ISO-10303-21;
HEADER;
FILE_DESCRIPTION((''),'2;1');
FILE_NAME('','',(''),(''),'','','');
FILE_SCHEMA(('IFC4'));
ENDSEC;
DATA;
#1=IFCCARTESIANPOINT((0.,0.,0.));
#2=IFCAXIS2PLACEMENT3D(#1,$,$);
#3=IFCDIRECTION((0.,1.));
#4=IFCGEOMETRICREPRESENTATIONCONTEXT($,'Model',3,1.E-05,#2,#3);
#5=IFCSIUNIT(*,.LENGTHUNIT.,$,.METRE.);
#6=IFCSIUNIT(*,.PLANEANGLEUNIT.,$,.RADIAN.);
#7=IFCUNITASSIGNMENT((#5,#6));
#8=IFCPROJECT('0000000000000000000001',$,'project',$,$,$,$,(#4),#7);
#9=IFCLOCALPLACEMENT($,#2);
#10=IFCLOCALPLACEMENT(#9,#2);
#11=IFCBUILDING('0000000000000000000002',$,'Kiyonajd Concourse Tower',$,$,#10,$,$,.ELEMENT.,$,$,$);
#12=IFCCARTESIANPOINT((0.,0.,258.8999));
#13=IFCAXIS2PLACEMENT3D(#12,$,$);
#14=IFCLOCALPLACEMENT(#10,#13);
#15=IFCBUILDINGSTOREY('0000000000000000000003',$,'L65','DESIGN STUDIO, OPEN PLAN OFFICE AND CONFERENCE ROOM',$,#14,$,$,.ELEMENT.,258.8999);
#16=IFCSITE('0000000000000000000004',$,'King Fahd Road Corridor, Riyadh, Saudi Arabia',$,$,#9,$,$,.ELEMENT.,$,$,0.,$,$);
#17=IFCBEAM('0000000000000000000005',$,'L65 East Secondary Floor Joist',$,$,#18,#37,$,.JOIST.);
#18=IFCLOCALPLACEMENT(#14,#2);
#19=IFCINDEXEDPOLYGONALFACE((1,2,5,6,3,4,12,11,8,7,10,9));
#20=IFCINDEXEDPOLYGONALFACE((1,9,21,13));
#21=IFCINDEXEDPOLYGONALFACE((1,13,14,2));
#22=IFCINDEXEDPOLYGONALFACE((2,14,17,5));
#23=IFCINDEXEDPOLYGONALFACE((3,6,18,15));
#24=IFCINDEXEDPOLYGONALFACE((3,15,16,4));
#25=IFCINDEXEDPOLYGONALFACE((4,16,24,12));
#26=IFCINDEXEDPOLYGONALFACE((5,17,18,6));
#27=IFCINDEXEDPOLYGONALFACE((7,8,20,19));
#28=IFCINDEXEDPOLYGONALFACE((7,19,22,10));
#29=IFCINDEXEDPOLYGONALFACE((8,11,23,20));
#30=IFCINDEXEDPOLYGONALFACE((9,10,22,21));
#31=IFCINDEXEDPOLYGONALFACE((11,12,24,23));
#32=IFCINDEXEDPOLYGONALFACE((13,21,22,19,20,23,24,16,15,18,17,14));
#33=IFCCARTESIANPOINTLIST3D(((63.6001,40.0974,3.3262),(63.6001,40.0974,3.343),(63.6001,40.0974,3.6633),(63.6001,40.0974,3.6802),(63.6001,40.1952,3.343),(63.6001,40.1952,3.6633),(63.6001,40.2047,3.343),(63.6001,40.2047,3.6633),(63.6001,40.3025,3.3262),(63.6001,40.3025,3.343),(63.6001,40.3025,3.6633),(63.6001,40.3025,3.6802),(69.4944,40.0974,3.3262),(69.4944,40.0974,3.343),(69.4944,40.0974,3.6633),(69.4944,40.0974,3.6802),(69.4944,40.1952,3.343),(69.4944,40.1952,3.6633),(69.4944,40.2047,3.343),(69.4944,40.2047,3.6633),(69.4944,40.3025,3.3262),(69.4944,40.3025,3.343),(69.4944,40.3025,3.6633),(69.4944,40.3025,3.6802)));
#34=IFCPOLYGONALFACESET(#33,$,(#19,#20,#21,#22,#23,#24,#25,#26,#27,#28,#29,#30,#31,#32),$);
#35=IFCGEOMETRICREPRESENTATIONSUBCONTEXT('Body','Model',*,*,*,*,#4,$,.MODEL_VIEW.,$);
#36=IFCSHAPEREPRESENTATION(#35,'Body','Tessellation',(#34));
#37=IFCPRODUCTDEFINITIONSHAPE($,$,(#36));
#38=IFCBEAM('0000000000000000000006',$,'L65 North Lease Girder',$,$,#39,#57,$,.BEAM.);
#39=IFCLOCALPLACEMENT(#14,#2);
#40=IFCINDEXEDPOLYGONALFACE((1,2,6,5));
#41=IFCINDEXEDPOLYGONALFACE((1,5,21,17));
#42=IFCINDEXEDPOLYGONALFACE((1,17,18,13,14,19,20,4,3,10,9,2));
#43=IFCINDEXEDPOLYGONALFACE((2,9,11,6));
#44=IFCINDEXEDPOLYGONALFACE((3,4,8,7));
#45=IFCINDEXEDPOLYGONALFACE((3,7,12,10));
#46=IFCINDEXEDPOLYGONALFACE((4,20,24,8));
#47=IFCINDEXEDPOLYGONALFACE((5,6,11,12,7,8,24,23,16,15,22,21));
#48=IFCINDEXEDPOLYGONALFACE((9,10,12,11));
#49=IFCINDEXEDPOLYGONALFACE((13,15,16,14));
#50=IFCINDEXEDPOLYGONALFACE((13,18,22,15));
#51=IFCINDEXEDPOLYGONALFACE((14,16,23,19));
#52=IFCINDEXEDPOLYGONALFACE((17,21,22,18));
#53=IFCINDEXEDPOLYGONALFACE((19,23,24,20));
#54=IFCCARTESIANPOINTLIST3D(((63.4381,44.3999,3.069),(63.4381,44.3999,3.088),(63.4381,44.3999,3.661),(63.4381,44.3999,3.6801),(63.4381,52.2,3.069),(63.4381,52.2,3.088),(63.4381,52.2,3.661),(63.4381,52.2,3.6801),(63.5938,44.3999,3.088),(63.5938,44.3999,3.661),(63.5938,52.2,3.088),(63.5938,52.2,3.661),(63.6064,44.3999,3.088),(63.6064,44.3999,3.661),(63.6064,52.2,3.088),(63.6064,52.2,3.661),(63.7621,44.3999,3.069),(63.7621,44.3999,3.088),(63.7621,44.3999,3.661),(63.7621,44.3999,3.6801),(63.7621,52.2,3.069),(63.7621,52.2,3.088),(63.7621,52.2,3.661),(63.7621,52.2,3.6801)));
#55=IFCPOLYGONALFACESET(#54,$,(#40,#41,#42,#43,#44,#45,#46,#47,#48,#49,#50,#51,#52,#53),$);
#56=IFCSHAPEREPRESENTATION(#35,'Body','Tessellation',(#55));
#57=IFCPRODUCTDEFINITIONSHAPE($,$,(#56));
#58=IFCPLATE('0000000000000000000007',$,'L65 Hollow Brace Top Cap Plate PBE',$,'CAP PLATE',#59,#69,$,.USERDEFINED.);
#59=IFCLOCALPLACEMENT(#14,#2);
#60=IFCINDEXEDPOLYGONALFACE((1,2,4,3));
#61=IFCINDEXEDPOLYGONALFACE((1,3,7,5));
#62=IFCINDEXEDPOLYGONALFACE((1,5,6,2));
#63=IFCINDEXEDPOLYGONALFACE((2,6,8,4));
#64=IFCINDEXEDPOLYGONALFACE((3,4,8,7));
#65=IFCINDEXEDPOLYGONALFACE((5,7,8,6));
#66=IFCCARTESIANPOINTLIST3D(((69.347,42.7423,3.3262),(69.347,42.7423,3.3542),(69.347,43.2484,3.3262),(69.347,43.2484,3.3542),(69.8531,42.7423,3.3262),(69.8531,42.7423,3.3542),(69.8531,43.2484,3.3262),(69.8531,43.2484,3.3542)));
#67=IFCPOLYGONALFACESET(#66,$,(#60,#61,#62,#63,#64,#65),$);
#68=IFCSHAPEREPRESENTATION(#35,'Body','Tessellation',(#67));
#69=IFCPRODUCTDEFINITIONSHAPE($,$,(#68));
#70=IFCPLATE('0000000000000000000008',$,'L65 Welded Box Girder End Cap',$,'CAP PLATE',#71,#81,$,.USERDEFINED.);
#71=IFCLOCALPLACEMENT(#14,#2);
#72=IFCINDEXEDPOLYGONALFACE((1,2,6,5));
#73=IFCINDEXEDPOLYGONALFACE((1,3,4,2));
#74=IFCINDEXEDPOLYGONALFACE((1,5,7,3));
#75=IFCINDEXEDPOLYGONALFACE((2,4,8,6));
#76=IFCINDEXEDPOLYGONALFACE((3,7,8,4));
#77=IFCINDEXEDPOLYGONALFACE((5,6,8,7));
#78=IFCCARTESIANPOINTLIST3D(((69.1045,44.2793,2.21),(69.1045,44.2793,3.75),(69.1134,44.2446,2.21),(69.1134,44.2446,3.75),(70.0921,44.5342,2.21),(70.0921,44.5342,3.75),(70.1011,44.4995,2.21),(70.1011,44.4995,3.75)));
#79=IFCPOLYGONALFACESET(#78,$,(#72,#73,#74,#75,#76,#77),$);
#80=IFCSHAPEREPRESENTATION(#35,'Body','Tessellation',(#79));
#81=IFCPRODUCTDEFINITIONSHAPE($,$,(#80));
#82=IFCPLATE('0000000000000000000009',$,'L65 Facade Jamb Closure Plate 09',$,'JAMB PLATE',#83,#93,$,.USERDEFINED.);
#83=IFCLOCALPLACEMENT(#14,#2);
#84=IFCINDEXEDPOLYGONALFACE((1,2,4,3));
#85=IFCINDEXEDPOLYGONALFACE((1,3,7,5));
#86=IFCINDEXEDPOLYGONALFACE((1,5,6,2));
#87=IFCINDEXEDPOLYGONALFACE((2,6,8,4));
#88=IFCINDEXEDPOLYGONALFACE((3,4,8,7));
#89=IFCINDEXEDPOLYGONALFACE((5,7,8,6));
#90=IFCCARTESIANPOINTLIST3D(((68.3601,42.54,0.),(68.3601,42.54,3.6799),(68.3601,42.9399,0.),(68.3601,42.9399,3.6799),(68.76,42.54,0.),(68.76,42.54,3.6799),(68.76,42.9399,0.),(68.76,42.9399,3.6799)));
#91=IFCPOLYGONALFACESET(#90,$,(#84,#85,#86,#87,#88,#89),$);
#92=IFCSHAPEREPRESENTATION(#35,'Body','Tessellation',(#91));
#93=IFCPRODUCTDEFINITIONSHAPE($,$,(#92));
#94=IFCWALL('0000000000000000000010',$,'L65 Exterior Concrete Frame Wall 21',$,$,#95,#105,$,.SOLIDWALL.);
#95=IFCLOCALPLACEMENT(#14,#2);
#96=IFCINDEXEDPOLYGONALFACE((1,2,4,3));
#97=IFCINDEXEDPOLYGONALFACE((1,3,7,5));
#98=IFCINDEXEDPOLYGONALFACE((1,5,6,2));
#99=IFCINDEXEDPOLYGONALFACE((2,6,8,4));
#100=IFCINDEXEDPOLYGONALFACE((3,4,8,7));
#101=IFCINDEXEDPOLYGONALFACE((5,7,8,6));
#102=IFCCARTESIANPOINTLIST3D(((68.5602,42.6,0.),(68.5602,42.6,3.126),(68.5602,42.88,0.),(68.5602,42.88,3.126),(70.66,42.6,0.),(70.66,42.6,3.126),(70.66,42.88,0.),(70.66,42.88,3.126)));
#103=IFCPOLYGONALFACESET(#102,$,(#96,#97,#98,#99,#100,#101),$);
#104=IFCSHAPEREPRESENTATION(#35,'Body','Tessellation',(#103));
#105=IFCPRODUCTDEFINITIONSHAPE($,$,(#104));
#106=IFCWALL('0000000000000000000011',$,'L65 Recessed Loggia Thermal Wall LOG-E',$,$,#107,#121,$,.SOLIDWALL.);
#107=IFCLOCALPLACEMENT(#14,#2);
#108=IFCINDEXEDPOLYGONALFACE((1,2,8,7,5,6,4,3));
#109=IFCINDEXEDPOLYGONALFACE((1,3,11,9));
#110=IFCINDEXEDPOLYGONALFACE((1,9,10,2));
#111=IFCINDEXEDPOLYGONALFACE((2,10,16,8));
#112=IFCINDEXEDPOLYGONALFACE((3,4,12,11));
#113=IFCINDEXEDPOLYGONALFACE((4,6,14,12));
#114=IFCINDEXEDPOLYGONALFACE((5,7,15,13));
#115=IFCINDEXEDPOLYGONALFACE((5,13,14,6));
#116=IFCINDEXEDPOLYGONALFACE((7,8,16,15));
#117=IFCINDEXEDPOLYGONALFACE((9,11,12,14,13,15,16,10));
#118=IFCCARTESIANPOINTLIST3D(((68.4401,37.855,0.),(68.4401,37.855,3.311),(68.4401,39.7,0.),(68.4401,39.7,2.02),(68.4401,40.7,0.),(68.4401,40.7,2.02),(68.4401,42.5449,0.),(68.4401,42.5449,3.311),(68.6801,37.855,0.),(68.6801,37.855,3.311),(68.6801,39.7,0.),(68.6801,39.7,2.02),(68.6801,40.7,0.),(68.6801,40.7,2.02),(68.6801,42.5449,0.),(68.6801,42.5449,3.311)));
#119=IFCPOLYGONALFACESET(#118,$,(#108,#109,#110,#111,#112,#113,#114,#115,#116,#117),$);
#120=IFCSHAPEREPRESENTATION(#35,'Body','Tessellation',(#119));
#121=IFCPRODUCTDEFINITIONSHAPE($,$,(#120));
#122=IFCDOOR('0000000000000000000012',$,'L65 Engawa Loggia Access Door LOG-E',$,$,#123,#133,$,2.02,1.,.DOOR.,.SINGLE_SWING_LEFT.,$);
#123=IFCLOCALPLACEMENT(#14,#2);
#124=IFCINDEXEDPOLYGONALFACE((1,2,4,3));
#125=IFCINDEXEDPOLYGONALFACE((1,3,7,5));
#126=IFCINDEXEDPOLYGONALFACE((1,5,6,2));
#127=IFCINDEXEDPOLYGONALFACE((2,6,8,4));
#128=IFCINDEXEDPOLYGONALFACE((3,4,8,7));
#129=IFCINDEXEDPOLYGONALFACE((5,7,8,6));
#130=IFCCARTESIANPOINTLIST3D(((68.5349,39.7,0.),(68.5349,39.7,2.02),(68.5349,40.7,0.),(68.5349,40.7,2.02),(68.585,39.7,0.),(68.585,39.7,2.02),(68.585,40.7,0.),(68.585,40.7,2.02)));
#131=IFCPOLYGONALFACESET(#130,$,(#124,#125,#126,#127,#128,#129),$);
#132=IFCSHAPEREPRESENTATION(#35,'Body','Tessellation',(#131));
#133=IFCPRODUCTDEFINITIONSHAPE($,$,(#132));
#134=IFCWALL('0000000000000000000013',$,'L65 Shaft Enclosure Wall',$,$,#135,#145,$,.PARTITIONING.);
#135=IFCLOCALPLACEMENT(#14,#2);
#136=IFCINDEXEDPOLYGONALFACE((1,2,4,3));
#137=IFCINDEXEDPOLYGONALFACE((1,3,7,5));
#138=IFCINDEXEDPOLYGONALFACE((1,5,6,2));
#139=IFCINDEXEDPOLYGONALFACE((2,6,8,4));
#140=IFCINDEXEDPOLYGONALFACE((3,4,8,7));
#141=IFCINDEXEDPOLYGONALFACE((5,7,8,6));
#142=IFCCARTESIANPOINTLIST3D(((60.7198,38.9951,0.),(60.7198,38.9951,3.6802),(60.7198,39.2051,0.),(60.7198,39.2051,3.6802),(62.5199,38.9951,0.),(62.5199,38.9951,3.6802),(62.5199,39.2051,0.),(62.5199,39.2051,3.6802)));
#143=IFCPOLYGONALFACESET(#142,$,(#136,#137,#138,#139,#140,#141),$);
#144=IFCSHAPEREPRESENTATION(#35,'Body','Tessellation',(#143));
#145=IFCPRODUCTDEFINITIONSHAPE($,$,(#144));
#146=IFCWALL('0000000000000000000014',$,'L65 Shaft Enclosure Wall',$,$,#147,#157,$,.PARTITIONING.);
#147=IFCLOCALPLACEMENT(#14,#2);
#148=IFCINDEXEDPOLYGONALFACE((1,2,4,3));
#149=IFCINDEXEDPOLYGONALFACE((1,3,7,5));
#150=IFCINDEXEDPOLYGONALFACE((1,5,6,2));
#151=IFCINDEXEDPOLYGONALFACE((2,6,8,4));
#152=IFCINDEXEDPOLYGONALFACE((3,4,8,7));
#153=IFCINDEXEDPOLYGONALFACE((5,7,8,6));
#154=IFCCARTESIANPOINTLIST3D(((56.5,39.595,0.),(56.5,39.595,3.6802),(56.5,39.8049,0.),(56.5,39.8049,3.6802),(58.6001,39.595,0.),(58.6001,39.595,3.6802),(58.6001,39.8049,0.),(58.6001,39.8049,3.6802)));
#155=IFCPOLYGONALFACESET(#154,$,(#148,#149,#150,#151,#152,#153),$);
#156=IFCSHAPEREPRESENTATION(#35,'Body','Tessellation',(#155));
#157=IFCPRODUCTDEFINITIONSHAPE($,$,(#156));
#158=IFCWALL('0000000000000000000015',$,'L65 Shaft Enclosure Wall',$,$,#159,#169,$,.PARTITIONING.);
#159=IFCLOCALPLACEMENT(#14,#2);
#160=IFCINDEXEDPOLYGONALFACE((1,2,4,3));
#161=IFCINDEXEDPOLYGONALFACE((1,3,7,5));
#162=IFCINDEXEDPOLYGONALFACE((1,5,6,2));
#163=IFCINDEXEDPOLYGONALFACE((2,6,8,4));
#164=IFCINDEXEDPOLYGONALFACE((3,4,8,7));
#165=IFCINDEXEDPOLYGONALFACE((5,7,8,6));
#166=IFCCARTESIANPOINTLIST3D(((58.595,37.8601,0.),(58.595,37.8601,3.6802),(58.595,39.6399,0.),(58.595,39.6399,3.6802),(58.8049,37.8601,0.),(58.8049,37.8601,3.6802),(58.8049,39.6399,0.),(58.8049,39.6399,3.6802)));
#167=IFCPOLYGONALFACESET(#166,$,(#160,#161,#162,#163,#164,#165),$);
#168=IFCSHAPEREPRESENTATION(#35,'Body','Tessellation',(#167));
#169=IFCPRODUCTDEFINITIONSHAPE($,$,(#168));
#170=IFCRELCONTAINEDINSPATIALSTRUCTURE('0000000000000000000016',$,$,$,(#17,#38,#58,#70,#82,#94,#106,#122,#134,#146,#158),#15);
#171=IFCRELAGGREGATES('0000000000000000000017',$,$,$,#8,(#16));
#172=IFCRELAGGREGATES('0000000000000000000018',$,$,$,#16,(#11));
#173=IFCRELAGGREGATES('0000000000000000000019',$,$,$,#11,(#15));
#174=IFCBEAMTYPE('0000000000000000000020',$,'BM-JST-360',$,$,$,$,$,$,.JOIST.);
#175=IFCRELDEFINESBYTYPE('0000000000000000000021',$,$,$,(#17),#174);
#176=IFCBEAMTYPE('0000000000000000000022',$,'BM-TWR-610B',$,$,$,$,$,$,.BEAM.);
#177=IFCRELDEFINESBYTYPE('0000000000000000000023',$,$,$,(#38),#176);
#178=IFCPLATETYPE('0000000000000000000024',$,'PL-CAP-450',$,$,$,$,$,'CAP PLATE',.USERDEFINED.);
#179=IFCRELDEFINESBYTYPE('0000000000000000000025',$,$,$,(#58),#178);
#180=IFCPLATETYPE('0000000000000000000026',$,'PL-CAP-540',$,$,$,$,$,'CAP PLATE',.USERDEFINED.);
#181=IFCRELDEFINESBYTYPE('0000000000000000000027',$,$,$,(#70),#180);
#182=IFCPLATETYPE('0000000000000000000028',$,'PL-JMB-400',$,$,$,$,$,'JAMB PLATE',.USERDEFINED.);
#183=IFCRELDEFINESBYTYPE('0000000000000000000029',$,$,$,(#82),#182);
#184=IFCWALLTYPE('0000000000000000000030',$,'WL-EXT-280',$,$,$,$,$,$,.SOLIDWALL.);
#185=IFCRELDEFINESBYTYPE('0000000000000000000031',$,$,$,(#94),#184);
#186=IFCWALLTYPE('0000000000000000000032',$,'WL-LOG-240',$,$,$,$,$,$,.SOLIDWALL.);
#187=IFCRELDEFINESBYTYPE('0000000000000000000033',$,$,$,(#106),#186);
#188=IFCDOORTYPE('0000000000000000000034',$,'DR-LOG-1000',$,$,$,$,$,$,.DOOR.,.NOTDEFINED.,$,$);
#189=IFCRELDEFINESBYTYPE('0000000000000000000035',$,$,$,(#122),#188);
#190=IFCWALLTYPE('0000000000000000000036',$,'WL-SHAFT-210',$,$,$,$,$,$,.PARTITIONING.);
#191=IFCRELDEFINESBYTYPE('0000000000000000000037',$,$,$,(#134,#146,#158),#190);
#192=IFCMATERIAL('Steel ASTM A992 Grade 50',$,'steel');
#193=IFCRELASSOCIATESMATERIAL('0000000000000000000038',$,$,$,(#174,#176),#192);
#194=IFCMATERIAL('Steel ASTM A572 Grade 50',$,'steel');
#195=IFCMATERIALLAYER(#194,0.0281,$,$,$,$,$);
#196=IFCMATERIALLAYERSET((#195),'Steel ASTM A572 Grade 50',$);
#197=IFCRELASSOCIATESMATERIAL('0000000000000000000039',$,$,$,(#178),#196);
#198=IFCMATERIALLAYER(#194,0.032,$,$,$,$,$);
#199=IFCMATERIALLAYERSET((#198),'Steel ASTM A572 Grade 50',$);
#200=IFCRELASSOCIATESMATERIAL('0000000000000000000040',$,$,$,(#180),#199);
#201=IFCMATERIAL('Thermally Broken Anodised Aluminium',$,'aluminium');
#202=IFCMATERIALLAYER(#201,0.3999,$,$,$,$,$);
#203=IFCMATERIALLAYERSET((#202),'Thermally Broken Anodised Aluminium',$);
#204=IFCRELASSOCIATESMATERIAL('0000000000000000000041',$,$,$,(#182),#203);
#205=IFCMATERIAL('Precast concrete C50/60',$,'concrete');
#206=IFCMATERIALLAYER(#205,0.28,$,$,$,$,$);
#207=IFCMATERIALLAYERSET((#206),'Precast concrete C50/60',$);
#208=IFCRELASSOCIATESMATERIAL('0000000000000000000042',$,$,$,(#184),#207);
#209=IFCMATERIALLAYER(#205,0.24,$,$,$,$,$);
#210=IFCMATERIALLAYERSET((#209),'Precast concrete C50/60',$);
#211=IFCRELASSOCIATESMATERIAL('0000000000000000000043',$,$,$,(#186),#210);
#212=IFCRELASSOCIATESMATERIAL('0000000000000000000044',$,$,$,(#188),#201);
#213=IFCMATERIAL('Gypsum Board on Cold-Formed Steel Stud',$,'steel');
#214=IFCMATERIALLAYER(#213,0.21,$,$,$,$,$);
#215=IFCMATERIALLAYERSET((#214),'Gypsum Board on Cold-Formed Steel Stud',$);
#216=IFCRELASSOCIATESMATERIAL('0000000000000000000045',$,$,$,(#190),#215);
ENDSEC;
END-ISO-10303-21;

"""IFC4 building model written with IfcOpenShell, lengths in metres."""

from ifc_helpers import new_model, si_unit, direction, frame, frame_2d, origin, origin_2d, place, context, subcontext, project, spatial, rectangle, i_section, extrude, material, layer, layer_set, material_profile, profile_set, type_object, element, fill, save


model = new_model("IFC4")

# Units and contexts
model_context = context("Model", 3, precision=1e-05, world=origin(), true_north=direction((0.0, 1.0)))
body_context = subcontext(model_context, "Body", "Model", "MODEL_VIEW")
ifc_project = project(units=[si_unit("LENGTHUNIT", "METRE"), si_unit("PLANEANGLEUNIT", "RADIAN")], contexts=[model_context])

# Site, building, storey
site_placement = place(None, origin())
site = spatial("IfcSite", under=ifc_project, at=site_placement, Name="King Fahd Road Corridor, Riyadh, Saudi Arabia", CompositionType="ELEMENT", RefElevation=0.0)
building_placement = place(site_placement, origin())
building = spatial("IfcBuilding", under=site, at=building_placement, Name="Kiyonajd Concourse Tower", CompositionType="ELEMENT")
storey_placement = place(building_placement, frame((0.0, 0.0, 258.8999)))
storey = spatial("IfcBuildingStorey", under=building, at=storey_placement, Name="L65", Description="DESIGN STUDIO, OPEN PLAN OFFICE AND CONFERENCE ROOM", CompositionType="ELEMENT", Elevation=258.8999)

# Beams
ifc_material_1 = material(Name="Steel ASTM A992 Grade 50", Category="steel")
ifc_material_profile_1 = material_profile(ifc_material_1, i_section(OverallWidth=0.2051, OverallDepth=0.354, WebThickness=0.0095, FlangeThickness=0.0168, at=origin_2d()), Name="W360X79")
ifc_profile_set_1 = profile_set([ifc_material_profile_1], Name="Steel ASTM A992 Grade 50")
beam_type_1 = type_object("IfcBeamType", Name="BM-JST-360", PredefinedType="JOIST", material=ifc_profile_set_1)
beam_1_placement = place(storey_placement, frame((63.6001, 40.2, 3.5032), z_axis=(1.0, 0.0, 0.0), x_axis=(0.0, 1.0, 0.0)))
element("IfcBeam", 1, at=beam_1_placement, inside=storey, type_object=beam_type_1, Name="L65 East Secondary Floor Joist", PredefinedType="JOIST", context=body_context, shape_type="SweptSolid", body=[
    extrude(i_section(OverallWidth=0.2051, OverallDepth=0.354, WebThickness=0.0095, FlangeThickness=0.0168, at=origin_2d()), origin(), (0.0, 0.0, 1.0), 5.8943),
])
ifc_material_profile_2 = material_profile(ifc_material_1, i_section(OverallWidth=0.324, OverallDepth=0.6111, WebThickness=0.0127, FlangeThickness=0.019, at=origin_2d()), Name="W610X155")
ifc_profile_set_2 = profile_set([ifc_material_profile_2], Name="Steel ASTM A992 Grade 50")
beam_type_2 = type_object("IfcBeamType", Name="BM-TWR-610B", PredefinedType="BEAM", material=ifc_profile_set_2)
beam_2_placement = place(storey_placement, frame((63.6001, 44.3999, 3.3745), z_axis=(0.0, 1.0, 0.0), x_axis=(-1.0, 0.0, 0.0)))
element("IfcBeam", 2, at=beam_2_placement, inside=storey, type_object=beam_type_2, Name="L65 North Lease Girder", PredefinedType="BEAM", context=body_context, shape_type="SweptSolid", body=[
    extrude(i_section(OverallWidth=0.324, OverallDepth=0.6111, WebThickness=0.0127, FlangeThickness=0.019, at=origin_2d()), origin(), (0.0, 0.0, 1.0), 7.8),
])

# Plates
ifc_material_2 = material(Name="Steel ASTM A572 Grade 50", Category="steel")
ifc_layer_1 = layer(ifc_material_2, 0.0281)
ifc_layer_set_1 = layer_set([ifc_layer_1], Name="Steel ASTM A572 Grade 50")
plate_type_1 = type_object("IfcPlateType", Name="PL-CAP-450", ElementType="CAP PLATE", PredefinedType="USERDEFINED", material=ifc_layer_set_1)
plate_1_placement = place(storey_placement, frame((69.6001, 42.9954, 3.3262), z_axis=(0.0, 0.0, 1.0), x_axis=(1.0, 0.0, 0.0)))
element("IfcPlate", 3, at=plate_1_placement, inside=storey, type_object=plate_type_1, Name="L65 Hollow Brace Top Cap Plate PBE", ObjectType="CAP PLATE", PredefinedType="USERDEFINED", context=body_context, shape_type="SweptSolid", body=[
    extrude(rectangle(XDim=0.5061, YDim=0.5061, at=origin_2d()), origin(), (0.0, 0.0, 1.0), 0.0281),
])
ifc_layer_2 = layer(ifc_material_2, 0.032)
ifc_layer_set_2 = layer_set([ifc_layer_2], Name="Steel ASTM A572 Grade 50")
plate_type_2 = type_object("IfcPlateType", Name="PL-CAP-540", ElementType="CAP PLATE", PredefinedType="USERDEFINED", material=ifc_layer_set_2)
plate_2_placement = place(storey_placement, frame((69.6028, 44.3894, 2.21), z_axis=(0.0, 0.0, 1.0), x_axis=(0.249873, -0.968279, 0.0)))
element("IfcPlate", 4, at=plate_2_placement, inside=storey, type_object=plate_type_2, Name="L65 Welded Box Girder End Cap", ObjectType="CAP PLATE", PredefinedType="USERDEFINED", context=body_context, shape_type="SweptSolid", body=[
    extrude(rectangle(XDim=0.0359, YDim=1.02, at=origin_2d()), origin(), (0.0, 0.0, 1.0), 1.54),
])
ifc_material_3 = material(Name="Thermally Broken Anodised Aluminium", Category="aluminium")
ifc_layer_3 = layer(ifc_material_3, 0.3999)
ifc_layer_set_3 = layer_set([ifc_layer_3], Name="Thermally Broken Anodised Aluminium")
plate_type_3 = type_object("IfcPlateType", Name="PL-JMB-400", ElementType="JAMB PLATE", PredefinedType="USERDEFINED", material=ifc_layer_set_3)
plate_3_placement = place(storey_placement, frame((68.5601, 42.74, 0.0), z_axis=(0.0, 0.0, 1.0), x_axis=(1.0, 0.0, 0.0)))
element("IfcPlate", 5, at=plate_3_placement, inside=storey, type_object=plate_type_3, Name="L65 Facade Jamb Closure Plate 09", ObjectType="JAMB PLATE", PredefinedType="USERDEFINED", context=body_context, shape_type="SweptSolid", body=[
    extrude(rectangle(XDim=0.3999, YDim=0.3999, at=origin_2d()), origin(), (0.0, 0.0, 1.0), 3.6799),
])

# Wall
ifc_material_4 = material(Name="Precast concrete C50/60", Category="concrete")
ifc_layer_4 = layer(ifc_material_4, 0.28)
ifc_layer_set_4 = layer_set([ifc_layer_4], Name="Precast concrete C50/60")
wall_type_1 = type_object("IfcWallType", Name="WL-EXT-280", PredefinedType="SOLIDWALL", material=ifc_layer_set_4)
wall_1_placement = place(storey_placement, frame((70.6599, 42.74, 0.0), z_axis=(0.0, 0.0, 1.0), x_axis=(-1.0, 0.0, 0.0)))
element("IfcWall", 6, at=wall_1_placement, inside=storey, type_object=wall_type_1, Name="L65 Exterior Concrete Frame Wall 21", PredefinedType="SOLIDWALL", context=body_context, shape_type="SweptSolid", body=[
    extrude(rectangle(XDim=2.0999, YDim=0.28, at=frame_2d((1.0498, 0.0))), origin(), (0.0, 0.0, 1.0), 3.126),
])

# Wall, opening, door
ifc_layer_5 = layer(ifc_material_4, 0.24)
ifc_layer_set_5 = layer_set([ifc_layer_5], Name="Precast concrete C50/60")
wall_type_2 = type_object("IfcWallType", Name="WL-LOG-240", PredefinedType="SOLIDWALL", material=ifc_layer_set_5)
wall_2_placement = place(storey_placement, frame((68.5601, 42.5449, 0.0), z_axis=(0.0, 0.0, 1.0), x_axis=(0.0, -1.0, 0.0)))
wall_2 = element("IfcWall", 7, at=wall_2_placement, inside=storey, type_object=wall_type_2, Name="L65 Recessed Loggia Thermal Wall LOG-E", PredefinedType="SOLIDWALL", context=body_context, shape_type="SweptSolid", body=[
    extrude(rectangle(XDim=4.6899, YDim=0.24, at=frame_2d((2.345, 0.0))), origin(), (0.0, 0.0, 1.0), 3.311),
])
opening_1_placement = place(wall_2_placement, frame((1.845, 0.0, 0.0)))
opening_1 = element("IfcOpeningElement", 8, at=opening_1_placement, cuts=wall_2, PredefinedType="OPENING", context=body_context, shape_type="SweptSolid", body=[
    extrude(rectangle(XDim=1.0, YDim=2.02, at=frame_2d((0.5, 1.01))), frame((0.0, 0.1299, 0.0), z_axis=(0.0, -1.0, 0.0), x_axis=(1.0, 0.0, 0.0)), (0.0, 0.0, 1.0), 0.26),
])
door_type_1 = type_object("IfcDoorType", Name="DR-LOG-1000", OperationType="NOTDEFINED", PredefinedType="DOOR", material=ifc_material_3)
door_1_placement = place(opening_1_placement, origin())
door_1 = element("IfcDoor", 9, at=door_1_placement, inside=storey, type_object=door_type_1, Name="L65 Engawa Loggia Access Door LOG-E", OperationType="SINGLE_SWING_LEFT", OverallHeight=2.02, OverallWidth=1.0, PredefinedType="DOOR", context=body_context, shape_type="SweptSolid", body=[
    extrude(rectangle(XDim=1.0, YDim=2.02, at=frame_2d((0.5, 1.01))), frame((0.0, 0.0249, 0.0), z_axis=(0.0, -1.0, 0.0), x_axis=(1.0, 0.0, 0.0)), (0.0, 0.0, 1.0), 0.05),
])
fill(opening_1, door_1)

# Walls
ifc_material_5 = material(Name="Gypsum Board on Cold-Formed Steel Stud", Category="steel")
ifc_layer_6 = layer(ifc_material_5, 0.21)
ifc_layer_set_6 = layer_set([ifc_layer_6], Name="Gypsum Board on Cold-Formed Steel Stud")
wall_type_3 = type_object("IfcWallType", Name="WL-SHAFT-210", PredefinedType="PARTITIONING", material=ifc_layer_set_6)
wall_3_placement = place(storey_placement, frame((60.72, 39.1001, 0.0), z_axis=(0.0, 0.0, 1.0), x_axis=(1.0, 0.0, 0.0)))
element("IfcWall", 10, at=wall_3_placement, inside=storey, type_object=wall_type_3, Name="L65 Shaft Enclosure Wall", PredefinedType="PARTITIONING", context=body_context, shape_type="SweptSolid", body=[
    extrude(rectangle(XDim=1.8, YDim=0.21, at=frame_2d((0.8999, 0.0))), origin(), (0.0, 0.0, 1.0), 3.6802),
])
wall_4_placement = place(storey_placement, frame((56.5, 39.7, 0.0), z_axis=(0.0, 0.0, 1.0), x_axis=(1.0, 0.0, 0.0)))
element("IfcWall", 11, at=wall_4_placement, inside=storey, type_object=wall_type_3, Name="L65 Shaft Enclosure Wall", PredefinedType="PARTITIONING", context=body_context, shape_type="SweptSolid", body=[
    extrude(rectangle(XDim=2.1001, YDim=0.21, at=frame_2d((1.05, 0.0))), origin(), (0.0, 0.0, 1.0), 3.6802),
])
wall_5_placement = place(storey_placement, frame((58.7, 37.8601, 0.0), z_axis=(0.0, 0.0, 1.0), x_axis=(0.0, 1.0, 0.0)))
element("IfcWall", 12, at=wall_5_placement, inside=storey, type_object=wall_type_3, Name="L65 Shaft Enclosure Wall", PredefinedType="PARTITIONING", context=body_context, shape_type="SweptSolid", body=[
    extrude(rectangle(XDim=1.7798, YDim=0.21, at=frame_2d((0.8899, 0.0))), origin(), (0.0, 0.0, 1.0), 3.6802),
])

save(model, "model.ifc")
